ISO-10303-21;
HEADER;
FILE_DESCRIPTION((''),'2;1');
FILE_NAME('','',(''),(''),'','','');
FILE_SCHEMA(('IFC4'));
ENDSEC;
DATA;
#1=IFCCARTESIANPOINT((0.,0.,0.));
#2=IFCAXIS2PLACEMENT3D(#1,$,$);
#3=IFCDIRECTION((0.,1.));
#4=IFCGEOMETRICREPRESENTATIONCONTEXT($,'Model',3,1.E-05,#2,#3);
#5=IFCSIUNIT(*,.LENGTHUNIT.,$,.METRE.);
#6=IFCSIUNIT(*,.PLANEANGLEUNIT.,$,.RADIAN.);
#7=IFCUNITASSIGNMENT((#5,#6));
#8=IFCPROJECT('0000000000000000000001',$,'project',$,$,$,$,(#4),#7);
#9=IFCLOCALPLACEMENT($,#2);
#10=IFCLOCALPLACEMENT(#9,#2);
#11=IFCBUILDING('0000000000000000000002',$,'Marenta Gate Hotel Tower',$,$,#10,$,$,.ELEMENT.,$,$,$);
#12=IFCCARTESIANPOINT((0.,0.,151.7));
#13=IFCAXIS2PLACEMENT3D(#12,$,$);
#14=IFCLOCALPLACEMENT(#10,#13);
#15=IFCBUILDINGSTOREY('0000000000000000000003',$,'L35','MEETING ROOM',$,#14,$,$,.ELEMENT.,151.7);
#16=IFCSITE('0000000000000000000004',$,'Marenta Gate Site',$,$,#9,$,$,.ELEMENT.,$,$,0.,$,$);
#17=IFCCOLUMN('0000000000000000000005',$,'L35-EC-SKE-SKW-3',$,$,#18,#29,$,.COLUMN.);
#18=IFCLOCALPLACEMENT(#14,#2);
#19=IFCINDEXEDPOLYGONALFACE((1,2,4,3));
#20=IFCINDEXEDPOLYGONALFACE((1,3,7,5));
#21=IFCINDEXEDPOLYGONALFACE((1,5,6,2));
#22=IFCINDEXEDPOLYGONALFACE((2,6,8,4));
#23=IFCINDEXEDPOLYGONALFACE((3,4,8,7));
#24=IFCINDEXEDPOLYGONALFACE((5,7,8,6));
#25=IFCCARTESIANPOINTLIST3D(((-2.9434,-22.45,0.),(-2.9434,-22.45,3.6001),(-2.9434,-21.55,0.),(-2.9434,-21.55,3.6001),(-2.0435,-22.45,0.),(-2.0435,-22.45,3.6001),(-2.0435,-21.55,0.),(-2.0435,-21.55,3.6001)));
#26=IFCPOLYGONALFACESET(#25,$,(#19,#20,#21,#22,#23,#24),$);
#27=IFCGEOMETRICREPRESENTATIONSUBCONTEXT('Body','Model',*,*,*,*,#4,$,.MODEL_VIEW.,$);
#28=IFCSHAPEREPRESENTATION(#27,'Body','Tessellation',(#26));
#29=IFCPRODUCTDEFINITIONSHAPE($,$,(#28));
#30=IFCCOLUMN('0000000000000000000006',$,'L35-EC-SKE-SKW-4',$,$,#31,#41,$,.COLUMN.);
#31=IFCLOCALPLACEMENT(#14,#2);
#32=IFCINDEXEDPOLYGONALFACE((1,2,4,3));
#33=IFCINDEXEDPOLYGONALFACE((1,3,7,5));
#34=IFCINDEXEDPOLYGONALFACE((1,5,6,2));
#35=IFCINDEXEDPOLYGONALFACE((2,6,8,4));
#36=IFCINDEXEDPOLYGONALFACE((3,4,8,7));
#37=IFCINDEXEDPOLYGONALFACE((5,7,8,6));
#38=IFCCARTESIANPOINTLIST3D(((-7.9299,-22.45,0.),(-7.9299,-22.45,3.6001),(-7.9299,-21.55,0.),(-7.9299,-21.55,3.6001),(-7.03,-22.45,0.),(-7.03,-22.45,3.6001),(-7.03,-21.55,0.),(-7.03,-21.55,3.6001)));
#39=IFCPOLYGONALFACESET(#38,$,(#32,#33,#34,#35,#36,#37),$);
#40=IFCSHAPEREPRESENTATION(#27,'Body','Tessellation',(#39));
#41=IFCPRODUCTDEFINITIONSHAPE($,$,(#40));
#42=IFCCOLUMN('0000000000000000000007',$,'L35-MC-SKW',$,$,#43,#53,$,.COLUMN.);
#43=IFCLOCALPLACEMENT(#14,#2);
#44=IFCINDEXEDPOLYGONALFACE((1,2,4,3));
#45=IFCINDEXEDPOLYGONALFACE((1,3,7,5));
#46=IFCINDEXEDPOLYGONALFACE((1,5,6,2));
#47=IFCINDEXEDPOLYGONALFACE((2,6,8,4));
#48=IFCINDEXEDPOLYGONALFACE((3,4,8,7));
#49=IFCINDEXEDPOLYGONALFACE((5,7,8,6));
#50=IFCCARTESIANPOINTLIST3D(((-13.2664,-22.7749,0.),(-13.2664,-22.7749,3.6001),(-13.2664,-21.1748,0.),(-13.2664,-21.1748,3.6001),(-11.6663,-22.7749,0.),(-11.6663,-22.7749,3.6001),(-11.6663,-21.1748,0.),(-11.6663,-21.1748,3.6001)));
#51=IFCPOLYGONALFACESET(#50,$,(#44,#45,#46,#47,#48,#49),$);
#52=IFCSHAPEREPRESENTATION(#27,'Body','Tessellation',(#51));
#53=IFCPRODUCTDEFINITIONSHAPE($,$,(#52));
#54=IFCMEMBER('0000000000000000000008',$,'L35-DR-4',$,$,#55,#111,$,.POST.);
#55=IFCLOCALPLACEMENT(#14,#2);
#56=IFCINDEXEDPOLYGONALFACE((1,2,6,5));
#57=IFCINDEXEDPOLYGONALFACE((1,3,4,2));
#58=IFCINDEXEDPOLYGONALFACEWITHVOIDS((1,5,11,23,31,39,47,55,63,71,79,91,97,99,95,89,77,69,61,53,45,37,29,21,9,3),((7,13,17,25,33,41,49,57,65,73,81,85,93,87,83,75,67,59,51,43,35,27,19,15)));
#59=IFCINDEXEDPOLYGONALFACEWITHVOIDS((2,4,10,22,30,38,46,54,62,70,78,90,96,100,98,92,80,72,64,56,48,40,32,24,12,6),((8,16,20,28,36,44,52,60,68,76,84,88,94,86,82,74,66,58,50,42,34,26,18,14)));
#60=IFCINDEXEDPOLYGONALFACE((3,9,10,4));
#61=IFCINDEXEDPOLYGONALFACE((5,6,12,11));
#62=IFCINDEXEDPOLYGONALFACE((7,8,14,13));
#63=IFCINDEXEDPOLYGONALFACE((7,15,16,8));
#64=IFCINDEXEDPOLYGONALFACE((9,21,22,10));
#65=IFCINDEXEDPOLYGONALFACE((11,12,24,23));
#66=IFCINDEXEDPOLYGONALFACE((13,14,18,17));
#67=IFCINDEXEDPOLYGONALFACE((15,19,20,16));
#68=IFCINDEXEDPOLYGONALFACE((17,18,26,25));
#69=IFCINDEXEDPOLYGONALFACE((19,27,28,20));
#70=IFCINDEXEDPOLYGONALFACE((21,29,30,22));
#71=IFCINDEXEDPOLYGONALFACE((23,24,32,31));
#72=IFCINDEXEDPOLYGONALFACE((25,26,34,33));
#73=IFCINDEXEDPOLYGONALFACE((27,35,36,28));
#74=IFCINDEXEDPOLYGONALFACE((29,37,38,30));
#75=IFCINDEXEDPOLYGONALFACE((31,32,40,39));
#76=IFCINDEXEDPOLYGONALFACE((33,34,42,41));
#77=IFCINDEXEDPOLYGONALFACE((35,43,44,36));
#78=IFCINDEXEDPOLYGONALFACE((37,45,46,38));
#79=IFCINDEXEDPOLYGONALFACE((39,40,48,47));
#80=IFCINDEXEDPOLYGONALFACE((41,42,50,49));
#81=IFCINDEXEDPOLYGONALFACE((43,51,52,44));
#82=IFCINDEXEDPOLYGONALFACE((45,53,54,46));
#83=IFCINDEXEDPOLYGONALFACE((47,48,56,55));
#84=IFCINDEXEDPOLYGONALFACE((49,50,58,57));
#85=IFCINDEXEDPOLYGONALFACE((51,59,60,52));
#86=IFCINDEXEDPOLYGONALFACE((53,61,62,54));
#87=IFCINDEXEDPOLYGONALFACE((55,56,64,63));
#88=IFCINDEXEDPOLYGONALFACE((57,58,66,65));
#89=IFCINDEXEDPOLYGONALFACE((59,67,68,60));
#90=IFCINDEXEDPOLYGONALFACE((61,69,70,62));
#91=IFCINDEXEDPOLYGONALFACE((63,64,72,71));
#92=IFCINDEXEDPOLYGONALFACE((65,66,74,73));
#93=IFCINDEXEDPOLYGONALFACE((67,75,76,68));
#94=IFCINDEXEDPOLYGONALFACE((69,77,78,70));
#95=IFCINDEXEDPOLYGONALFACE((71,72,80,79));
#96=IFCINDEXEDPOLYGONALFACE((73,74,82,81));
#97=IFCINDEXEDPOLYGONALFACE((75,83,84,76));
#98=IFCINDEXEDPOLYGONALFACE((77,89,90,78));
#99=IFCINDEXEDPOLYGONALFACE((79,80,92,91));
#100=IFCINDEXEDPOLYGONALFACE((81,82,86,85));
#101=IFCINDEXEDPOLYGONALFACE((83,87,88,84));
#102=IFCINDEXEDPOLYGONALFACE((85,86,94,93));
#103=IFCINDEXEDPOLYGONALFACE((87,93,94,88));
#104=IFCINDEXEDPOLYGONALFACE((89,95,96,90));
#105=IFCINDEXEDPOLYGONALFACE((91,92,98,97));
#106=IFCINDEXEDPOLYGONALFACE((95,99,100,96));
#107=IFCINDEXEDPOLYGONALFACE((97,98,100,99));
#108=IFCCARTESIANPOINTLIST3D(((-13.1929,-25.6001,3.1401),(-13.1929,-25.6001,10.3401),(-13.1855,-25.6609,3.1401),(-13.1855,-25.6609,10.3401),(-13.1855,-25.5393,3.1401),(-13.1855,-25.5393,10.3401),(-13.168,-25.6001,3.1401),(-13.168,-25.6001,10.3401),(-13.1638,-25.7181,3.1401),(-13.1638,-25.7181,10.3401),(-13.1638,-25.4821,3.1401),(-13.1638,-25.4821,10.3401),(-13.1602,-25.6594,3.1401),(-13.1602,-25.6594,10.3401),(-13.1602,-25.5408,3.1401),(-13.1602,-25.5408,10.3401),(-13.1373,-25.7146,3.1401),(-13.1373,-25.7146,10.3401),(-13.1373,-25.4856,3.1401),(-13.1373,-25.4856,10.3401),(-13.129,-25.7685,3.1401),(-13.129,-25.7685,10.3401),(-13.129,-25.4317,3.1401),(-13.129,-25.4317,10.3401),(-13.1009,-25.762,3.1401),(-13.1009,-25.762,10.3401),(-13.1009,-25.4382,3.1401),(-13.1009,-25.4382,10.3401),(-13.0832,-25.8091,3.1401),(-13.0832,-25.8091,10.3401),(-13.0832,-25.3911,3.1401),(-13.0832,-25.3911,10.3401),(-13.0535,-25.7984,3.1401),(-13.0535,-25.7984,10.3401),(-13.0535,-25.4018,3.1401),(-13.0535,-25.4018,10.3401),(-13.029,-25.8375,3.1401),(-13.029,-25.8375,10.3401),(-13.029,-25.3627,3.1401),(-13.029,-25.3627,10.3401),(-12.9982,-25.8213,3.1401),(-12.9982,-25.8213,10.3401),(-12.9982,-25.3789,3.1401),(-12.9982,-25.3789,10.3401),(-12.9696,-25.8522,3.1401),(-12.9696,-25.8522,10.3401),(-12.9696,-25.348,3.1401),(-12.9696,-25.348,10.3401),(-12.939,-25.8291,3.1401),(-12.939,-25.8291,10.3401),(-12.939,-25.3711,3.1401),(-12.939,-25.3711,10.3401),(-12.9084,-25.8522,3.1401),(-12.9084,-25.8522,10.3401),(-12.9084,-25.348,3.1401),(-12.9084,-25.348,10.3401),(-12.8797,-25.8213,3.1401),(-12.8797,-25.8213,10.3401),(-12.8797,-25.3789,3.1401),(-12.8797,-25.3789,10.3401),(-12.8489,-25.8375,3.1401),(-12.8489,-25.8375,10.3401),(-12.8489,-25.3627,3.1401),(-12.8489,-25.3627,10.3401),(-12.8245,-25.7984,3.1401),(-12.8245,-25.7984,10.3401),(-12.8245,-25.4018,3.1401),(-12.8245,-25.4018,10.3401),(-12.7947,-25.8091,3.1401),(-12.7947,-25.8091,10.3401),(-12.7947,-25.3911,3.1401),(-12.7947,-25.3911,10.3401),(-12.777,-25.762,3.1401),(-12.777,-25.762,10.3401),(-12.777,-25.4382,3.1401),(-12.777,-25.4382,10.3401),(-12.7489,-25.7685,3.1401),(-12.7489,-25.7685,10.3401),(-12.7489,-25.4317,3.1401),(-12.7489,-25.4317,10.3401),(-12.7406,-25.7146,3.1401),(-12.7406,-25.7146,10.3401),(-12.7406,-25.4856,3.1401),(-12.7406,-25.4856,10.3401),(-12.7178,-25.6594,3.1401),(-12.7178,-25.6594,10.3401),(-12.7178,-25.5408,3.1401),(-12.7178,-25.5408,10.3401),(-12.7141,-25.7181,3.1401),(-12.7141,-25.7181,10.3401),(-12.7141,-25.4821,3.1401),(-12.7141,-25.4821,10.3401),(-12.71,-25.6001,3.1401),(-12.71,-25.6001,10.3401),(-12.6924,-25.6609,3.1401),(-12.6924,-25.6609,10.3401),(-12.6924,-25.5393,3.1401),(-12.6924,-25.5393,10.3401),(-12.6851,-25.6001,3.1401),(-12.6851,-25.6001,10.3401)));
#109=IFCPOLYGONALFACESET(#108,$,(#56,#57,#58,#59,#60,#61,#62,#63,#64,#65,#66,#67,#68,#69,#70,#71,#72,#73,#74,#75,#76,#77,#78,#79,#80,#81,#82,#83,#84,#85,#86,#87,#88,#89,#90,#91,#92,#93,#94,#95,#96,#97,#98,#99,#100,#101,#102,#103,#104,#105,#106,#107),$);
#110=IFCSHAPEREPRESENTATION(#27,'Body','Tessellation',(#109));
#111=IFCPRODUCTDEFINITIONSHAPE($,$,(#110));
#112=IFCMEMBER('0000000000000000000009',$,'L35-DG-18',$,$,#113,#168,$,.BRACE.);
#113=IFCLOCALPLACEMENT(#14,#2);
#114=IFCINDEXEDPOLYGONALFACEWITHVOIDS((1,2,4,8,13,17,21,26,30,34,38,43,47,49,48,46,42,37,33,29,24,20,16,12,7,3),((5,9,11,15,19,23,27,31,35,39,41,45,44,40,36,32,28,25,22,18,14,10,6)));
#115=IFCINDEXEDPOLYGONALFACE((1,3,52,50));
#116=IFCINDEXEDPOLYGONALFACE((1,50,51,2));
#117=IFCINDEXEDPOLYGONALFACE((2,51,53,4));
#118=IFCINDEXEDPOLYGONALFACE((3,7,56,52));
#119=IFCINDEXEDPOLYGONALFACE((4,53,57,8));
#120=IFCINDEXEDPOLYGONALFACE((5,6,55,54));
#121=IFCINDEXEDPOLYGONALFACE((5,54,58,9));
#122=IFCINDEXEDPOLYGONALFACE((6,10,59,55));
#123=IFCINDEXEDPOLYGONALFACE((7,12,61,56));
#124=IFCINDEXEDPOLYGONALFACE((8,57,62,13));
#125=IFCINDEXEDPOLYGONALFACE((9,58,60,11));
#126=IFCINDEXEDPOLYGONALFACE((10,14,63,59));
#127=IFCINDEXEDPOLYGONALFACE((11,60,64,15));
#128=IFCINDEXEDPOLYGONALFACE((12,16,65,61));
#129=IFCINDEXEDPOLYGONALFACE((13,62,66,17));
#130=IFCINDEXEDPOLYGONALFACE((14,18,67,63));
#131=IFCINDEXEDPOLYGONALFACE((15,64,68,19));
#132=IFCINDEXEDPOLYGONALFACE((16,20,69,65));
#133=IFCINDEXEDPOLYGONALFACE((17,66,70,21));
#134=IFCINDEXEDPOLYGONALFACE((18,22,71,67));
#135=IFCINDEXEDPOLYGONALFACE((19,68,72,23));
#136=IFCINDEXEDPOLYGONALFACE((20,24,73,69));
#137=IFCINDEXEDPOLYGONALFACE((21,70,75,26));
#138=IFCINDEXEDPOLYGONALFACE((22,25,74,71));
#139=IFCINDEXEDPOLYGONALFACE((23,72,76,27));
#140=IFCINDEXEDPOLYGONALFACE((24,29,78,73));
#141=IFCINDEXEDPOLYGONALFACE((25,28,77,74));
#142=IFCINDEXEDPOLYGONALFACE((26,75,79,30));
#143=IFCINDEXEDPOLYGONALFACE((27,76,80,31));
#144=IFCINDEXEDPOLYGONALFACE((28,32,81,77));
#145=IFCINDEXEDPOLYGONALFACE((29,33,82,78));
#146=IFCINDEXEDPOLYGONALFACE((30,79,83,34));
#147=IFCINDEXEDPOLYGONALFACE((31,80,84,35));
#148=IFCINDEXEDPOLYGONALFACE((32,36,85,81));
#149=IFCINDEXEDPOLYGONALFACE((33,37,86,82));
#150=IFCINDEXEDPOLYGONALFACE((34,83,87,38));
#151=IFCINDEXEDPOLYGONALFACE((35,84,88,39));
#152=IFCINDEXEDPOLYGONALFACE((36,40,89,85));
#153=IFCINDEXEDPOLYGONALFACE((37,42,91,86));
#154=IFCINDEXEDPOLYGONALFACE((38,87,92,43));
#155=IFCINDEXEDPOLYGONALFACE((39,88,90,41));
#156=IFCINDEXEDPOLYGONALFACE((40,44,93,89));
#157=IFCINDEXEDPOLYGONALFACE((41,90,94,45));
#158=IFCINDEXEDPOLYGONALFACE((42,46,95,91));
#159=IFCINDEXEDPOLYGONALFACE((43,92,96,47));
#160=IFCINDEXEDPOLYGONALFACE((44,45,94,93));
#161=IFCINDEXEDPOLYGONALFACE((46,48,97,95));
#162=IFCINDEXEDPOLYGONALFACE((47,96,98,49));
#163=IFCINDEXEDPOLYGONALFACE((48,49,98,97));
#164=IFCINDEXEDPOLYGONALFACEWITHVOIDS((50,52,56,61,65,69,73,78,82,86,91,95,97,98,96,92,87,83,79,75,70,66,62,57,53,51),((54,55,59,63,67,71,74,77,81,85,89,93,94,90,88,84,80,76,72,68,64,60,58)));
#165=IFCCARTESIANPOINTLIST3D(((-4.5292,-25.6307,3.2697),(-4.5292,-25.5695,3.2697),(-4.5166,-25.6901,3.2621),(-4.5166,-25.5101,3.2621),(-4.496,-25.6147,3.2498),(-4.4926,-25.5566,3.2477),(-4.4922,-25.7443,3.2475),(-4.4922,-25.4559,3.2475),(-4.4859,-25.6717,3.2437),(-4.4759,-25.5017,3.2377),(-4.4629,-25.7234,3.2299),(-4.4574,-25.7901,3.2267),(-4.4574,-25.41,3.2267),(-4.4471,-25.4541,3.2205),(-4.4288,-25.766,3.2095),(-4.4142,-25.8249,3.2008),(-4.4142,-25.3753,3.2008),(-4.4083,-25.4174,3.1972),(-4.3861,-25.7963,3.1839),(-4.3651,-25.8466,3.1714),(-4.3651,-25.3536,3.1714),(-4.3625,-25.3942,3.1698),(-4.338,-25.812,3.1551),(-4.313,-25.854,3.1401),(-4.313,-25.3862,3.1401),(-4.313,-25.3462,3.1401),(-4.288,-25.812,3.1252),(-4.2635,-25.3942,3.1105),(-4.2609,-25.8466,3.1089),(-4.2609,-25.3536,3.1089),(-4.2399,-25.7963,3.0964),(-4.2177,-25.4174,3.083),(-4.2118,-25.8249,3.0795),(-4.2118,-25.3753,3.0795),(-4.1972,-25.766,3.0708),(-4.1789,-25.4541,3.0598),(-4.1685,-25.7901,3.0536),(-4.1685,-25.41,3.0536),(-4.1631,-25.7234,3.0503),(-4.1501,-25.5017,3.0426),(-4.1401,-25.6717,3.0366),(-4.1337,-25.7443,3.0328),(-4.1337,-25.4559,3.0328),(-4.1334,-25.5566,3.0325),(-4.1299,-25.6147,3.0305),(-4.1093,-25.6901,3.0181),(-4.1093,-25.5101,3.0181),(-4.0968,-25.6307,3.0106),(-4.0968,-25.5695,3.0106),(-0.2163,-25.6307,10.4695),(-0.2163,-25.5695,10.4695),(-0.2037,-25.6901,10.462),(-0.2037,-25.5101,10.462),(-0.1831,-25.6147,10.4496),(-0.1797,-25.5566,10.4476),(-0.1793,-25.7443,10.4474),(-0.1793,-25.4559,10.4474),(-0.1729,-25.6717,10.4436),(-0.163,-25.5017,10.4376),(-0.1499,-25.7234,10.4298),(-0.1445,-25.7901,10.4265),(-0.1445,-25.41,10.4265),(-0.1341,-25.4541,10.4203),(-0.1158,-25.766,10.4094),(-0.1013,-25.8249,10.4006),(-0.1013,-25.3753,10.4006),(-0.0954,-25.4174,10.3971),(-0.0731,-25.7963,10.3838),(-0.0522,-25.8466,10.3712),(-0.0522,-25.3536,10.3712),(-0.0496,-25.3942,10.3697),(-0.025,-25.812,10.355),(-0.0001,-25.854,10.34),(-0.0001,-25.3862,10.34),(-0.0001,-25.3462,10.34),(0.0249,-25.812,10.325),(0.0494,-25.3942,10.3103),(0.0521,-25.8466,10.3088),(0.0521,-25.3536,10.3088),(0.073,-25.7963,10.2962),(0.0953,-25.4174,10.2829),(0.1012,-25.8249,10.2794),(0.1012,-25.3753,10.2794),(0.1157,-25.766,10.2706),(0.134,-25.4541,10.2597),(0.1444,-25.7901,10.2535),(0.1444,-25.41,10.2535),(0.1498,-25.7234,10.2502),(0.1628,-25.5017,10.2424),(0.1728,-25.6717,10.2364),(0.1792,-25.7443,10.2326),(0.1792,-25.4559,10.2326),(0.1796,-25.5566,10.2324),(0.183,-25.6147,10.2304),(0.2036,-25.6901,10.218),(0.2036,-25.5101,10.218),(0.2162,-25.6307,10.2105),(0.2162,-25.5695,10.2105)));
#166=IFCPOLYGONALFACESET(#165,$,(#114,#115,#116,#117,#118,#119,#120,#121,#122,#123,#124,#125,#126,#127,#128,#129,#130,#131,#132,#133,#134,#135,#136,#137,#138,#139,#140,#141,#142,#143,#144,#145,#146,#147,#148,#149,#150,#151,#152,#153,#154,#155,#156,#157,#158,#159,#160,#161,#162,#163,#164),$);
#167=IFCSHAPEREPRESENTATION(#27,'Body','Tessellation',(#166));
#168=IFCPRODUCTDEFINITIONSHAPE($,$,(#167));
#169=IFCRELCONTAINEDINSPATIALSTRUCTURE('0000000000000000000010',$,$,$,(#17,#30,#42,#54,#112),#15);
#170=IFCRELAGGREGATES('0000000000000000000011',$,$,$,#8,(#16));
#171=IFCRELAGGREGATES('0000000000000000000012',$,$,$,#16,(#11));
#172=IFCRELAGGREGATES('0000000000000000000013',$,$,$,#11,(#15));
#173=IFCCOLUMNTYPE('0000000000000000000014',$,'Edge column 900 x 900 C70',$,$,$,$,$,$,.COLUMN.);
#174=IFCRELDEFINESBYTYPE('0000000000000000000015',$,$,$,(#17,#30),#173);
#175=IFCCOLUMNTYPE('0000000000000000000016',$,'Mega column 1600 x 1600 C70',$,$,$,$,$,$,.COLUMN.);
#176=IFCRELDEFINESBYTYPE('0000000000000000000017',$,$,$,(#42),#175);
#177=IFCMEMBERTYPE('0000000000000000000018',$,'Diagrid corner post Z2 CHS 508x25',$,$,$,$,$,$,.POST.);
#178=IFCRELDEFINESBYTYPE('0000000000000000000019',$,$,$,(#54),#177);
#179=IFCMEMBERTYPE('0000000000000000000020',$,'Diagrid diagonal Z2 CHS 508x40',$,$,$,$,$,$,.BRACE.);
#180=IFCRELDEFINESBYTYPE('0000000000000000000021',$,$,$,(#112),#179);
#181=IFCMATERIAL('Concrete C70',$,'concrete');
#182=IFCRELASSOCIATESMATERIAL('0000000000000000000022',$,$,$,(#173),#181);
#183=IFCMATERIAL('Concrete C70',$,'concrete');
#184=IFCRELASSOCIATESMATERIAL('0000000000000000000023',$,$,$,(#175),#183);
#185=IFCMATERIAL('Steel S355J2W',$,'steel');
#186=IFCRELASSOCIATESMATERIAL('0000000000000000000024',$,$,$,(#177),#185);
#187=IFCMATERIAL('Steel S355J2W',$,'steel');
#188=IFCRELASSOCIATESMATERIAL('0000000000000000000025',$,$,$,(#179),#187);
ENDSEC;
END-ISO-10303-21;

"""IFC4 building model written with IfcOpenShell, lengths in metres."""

from ifc_helpers import new_model, si_unit, direction, frame, origin, origin_2d, place, context, subcontext, project, spatial, rectangle, hollow_circle, extrude, material, material_profile, profile_set, type_object, element, save


model = new_model("IFC4")

# Units and contexts
model_context = context("Model", 3, precision=1e-05, world=origin(), true_north=direction((0.0, 1.0)))
body_context = subcontext(model_context, "Body", "Model", "MODEL_VIEW")
ifc_project = project(units=[si_unit("LENGTHUNIT", "METRE"), si_unit("PLANEANGLEUNIT", "RADIAN")], contexts=[model_context])

# Site, building, storey
site_placement = place(None, origin())
site = spatial("IfcSite", under=ifc_project, at=site_placement, Name="Marenta Gate Site", CompositionType="ELEMENT", RefElevation=0.0)
building_placement = place(site_placement, origin())
building = spatial("IfcBuilding", under=site, at=building_placement, Name="Marenta Gate Hotel Tower", CompositionType="ELEMENT")
storey_placement = place(building_placement, frame((0.0, 0.0, 151.7)))
storey = spatial("IfcBuildingStorey", under=building, at=storey_placement, Name="L35", Description="MEETING ROOM", CompositionType="ELEMENT", Elevation=151.7)

# Columns
ifc_material_1 = material(Name="Concrete C70", Category="concrete")
ifc_material_profile_1 = material_profile(ifc_material_1, rectangle(XDim=0.8999, YDim=0.8999, at=origin_2d()), Name="900 x 900")
ifc_profile_set_1 = profile_set([ifc_material_profile_1], Name="Concrete C70")
column_type_1 = type_object("IfcColumnType", Name="Edge column 900 x 900 C70", PredefinedType="COLUMN", material=ifc_profile_set_1)
for number, where, z_axis, x_axis, name in (
    (1, (-2.4934, -22.0, 0.0), (0.0, 0.0, 1.0), (1.0, 0.0, 0.0), "L35-EC-SKE-SKW-3"),
    (2, (-7.48, -22.0, 0.0), (0.0, 0.0, 1.0), (1.0, 0.0, 0.0), "L35-EC-SKE-SKW-4"),
):
    element("IfcColumn", number, at=place(storey_placement, frame(where, z_axis=z_axis, x_axis=x_axis)), inside=storey, type_object=column_type_1, Name=name, PredefinedType="COLUMN", context=body_context, shape_type="SweptSolid", body=[
        extrude(rectangle(XDim=0.8999, YDim=0.8999, at=origin_2d()), origin(), (0.0, 0.0, 1.0), 3.6001),
    ])
ifc_material_2 = material(Name="Concrete C70", Category="concrete")
ifc_material_profile_2 = material_profile(ifc_material_2, rectangle(XDim=1.6001, YDim=1.6001, at=origin_2d()), Name="1600 x 1600")
ifc_profile_set_2 = profile_set([ifc_material_profile_2], Name="Concrete C70")
column_type_2 = type_object("IfcColumnType", Name="Mega column 1600 x 1600 C70", PredefinedType="COLUMN", material=ifc_profile_set_2)
column_placement = place(storey_placement, frame((-12.4663, -21.9749, 0.0), z_axis=(0.0, 0.0, 1.0), x_axis=(1.0, 0.0, 0.0)))
element("IfcColumn", 3, at=column_placement, inside=storey, type_object=column_type_2, Name="L35-MC-SKW", PredefinedType="COLUMN", context=body_context, shape_type="SweptSolid", body=[
    extrude(rectangle(XDim=1.6001, YDim=1.6001, at=origin_2d()), origin(), (0.0, 0.0, 1.0), 3.6001),
])

# Members
ifc_material_3 = material(Name="Steel S355J2W", Category="steel")
ifc_material_profile_3 = material_profile(ifc_material_3, hollow_circle(Radius=0.2539, WallThickness=0.0249, at=origin_2d()), Name="CHS 508x25")
ifc_profile_set_3 = profile_set([ifc_material_profile_3], Name="Steel S355J2W")
member_type_1 = type_object("IfcMemberType", Name="Diagrid corner post Z2 CHS 508x25", PredefinedType="POST", material=ifc_profile_set_3)
member_1_placement = place(storey_placement, frame((-12.939, -25.6001, 3.1401), z_axis=(0.0, 0.0, 1.0), x_axis=(1.0, 0.0, 0.0)))
element("IfcMember", 4, at=member_1_placement, inside=storey, type_object=member_type_1, Name="L35-DR-4", PredefinedType="POST", context=body_context, shape_type="SweptSolid", body=[
    extrude(hollow_circle(Radius=0.2539, WallThickness=0.0249, at=origin_2d()), origin(), (0.0, 0.0, 1.0), 7.2),
])
ifc_material_4 = material(Name="Steel S355J2W", Category="steel")
ifc_material_profile_4 = material_profile(ifc_material_4, hollow_circle(Radius=0.2539, WallThickness=0.04, at=origin_2d()), Name="CHS 508x40")
ifc_profile_set_4 = profile_set([ifc_material_profile_4], Name="Steel S355J2W")
member_type_2 = type_object("IfcMemberType", Name="Diagrid diagonal Z2 CHS 508x40", PredefinedType="BRACE", material=ifc_profile_set_4)
for number, where, z_axis, x_axis, name in (
    (5, (-4.313, -25.6001, 3.1401), (0.513884, 0.0, 0.85786), (0.0, 1.0, 0.0), "L35-DG-18"),
):
    element("IfcMember", number, at=place(storey_placement, frame(where, z_axis=z_axis, x_axis=x_axis)), inside=storey, type_object=member_type_2, Name=name, PredefinedType="BRACE", context=body_context, shape_type="SweptSolid", body=[
        extrude(hollow_circle(Radius=0.2539, WallThickness=0.04, at=origin_2d()), origin(), (0.0, 0.0, 1.0), 8.3928),
    ])

save(model, "model.ifc")
